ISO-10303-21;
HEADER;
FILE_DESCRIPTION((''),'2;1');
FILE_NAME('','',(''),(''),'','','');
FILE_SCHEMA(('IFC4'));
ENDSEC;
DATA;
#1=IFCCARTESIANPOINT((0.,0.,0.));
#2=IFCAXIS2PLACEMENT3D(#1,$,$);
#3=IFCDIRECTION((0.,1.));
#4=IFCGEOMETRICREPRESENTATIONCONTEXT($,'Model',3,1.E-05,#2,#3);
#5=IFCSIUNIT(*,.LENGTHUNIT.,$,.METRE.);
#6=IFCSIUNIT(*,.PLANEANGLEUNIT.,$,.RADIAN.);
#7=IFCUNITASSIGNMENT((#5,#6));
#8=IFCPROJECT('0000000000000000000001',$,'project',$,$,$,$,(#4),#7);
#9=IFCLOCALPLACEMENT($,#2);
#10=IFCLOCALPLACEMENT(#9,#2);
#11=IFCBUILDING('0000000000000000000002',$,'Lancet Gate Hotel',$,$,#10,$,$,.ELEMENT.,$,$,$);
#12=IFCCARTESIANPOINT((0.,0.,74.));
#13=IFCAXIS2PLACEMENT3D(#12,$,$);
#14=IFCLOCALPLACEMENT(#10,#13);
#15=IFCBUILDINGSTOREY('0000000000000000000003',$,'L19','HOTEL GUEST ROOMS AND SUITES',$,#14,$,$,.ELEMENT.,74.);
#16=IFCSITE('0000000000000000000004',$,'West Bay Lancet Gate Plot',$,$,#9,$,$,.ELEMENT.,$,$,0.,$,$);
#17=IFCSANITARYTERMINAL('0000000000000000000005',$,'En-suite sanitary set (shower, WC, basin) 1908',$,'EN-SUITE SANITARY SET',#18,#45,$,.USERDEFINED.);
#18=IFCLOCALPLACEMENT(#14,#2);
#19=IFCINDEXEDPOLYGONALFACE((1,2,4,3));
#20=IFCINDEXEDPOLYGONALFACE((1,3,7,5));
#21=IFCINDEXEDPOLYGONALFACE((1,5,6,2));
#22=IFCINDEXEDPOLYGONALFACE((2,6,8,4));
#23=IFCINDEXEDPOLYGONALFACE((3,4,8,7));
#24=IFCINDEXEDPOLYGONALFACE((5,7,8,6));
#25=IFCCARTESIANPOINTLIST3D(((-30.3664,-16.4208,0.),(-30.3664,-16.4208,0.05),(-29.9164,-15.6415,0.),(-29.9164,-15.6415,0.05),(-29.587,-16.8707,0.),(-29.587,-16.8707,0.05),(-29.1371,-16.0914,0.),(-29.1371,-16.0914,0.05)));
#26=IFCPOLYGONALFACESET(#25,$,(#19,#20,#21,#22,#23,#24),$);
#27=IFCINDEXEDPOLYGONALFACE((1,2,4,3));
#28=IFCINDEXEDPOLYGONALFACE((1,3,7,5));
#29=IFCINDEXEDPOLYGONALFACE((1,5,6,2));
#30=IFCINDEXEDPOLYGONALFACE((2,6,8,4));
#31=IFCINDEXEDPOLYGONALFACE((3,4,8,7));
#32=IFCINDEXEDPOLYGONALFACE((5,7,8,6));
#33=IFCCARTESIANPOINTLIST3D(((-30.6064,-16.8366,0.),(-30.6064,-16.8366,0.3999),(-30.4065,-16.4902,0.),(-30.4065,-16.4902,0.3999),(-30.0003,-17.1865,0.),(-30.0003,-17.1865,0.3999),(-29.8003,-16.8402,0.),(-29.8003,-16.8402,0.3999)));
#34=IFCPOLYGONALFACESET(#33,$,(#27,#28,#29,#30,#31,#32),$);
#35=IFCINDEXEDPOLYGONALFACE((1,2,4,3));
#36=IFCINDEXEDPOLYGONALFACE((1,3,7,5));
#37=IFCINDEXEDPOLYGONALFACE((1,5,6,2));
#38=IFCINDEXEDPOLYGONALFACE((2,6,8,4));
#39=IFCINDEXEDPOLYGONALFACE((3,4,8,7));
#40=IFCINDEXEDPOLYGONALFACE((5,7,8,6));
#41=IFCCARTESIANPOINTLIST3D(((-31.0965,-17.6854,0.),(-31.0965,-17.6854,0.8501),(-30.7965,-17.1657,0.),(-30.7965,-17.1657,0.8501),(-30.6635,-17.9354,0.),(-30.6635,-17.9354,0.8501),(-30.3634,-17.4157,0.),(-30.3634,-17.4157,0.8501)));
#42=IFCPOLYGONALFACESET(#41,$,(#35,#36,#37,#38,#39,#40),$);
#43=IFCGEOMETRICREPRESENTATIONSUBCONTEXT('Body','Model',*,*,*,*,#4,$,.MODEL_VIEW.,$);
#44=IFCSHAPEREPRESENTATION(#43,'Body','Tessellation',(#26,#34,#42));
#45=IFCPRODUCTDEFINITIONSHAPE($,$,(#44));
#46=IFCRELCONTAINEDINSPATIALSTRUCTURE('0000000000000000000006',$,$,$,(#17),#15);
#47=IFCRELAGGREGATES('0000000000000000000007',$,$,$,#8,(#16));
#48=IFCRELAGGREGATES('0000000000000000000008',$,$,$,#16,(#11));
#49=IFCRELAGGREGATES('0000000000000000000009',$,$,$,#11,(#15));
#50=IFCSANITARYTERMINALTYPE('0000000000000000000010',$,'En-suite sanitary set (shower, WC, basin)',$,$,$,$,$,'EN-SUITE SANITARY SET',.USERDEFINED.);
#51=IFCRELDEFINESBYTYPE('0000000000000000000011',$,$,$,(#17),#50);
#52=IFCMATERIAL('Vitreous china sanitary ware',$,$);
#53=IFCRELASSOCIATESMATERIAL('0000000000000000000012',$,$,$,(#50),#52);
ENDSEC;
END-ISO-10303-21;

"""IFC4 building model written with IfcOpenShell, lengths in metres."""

from ifc_helpers import new_model, si_unit, direction, frame, origin, origin_2d, place, context, subcontext, project, spatial, rectangle, extrude, material, type_object, element, save


model = new_model("IFC4")

# Units and contexts
model_context = context("Model", 3, precision=1e-05, world=origin(), true_north=direction((0.0, 1.0)))
body_context = subcontext(model_context, "Body", "Model", "MODEL_VIEW")
ifc_project = project(units=[si_unit("LENGTHUNIT", "METRE"), si_unit("PLANEANGLEUNIT", "RADIAN")], contexts=[model_context])

# Site, building, storey
site_placement = place(None, origin())
site = spatial("IfcSite", under=ifc_project, at=site_placement, Name="West Bay Lancet Gate Plot", CompositionType="ELEMENT", RefElevation=0.0)
building_placement = place(site_placement, origin())
building = spatial("IfcBuilding", under=site, at=building_placement, Name="Lancet Gate Hotel", CompositionType="ELEMENT")
storey_placement = place(building_placement, frame((0.0, 0.0, 74.0)))
storey = spatial("IfcBuildingStorey", under=building, at=storey_placement, Name="L19", Description="HOTEL GUEST ROOMS AND SUITES", CompositionType="ELEMENT", Elevation=74.0)

# Sanitary terminal
ifc_material_1 = material(Name="Vitreous china sanitary ware")
sanitary_terminal_type = type_object("IfcSanitaryTerminalType", Name="En-suite sanitary set (shower, WC, basin)", ElementType="EN-SUITE SANITARY SET", PredefinedType="USERDEFINED", material=ifc_material_1)
sanitary_terminal_placement = place(storey_placement, frame((-29.7517, -16.2561, 0.0), z_axis=(0.0, 0.0, 1.0), x_axis=(1.0, 0.0, 0.0)))
element("IfcSanitaryTerminal", 1, at=sanitary_terminal_placement, inside=storey, type_object=sanitary_terminal_type, Name="En-suite sanitary set (shower, WC, basin) 1908", ObjectType="EN-SUITE SANITARY SET", PredefinedType="USERDEFINED", context=body_context, shape_type="SweptSolid", body=[
    extrude(rectangle(XDim=0.8999, YDim=0.8999, at=origin_2d()), frame((0.0, 0.0, 0.0), z_axis=(0.0, 0.0, 1.0), x_axis=(0.5, 0.866025, 0.0)), (0.0, 0.0, 1.0), 0.05),
    extrude(rectangle(XDim=0.3999, YDim=0.7, at=origin_2d()), frame((-0.4517, -0.5823, 0.0), z_axis=(0.0, 0.0, 1.0), x_axis=(0.5, 0.866025, 0.0)), (0.0, 0.0, 1.0), 0.3999),
    extrude(rectangle(XDim=0.6001, YDim=0.5, at=origin_2d()), frame((-0.9783, -1.2944, 0.0), z_axis=(0.0, 0.0, 1.0), x_axis=(0.5, 0.866025, 0.0)), (0.0, 0.0, 1.0), 0.8501),
])

save(model, "model.ifc")
